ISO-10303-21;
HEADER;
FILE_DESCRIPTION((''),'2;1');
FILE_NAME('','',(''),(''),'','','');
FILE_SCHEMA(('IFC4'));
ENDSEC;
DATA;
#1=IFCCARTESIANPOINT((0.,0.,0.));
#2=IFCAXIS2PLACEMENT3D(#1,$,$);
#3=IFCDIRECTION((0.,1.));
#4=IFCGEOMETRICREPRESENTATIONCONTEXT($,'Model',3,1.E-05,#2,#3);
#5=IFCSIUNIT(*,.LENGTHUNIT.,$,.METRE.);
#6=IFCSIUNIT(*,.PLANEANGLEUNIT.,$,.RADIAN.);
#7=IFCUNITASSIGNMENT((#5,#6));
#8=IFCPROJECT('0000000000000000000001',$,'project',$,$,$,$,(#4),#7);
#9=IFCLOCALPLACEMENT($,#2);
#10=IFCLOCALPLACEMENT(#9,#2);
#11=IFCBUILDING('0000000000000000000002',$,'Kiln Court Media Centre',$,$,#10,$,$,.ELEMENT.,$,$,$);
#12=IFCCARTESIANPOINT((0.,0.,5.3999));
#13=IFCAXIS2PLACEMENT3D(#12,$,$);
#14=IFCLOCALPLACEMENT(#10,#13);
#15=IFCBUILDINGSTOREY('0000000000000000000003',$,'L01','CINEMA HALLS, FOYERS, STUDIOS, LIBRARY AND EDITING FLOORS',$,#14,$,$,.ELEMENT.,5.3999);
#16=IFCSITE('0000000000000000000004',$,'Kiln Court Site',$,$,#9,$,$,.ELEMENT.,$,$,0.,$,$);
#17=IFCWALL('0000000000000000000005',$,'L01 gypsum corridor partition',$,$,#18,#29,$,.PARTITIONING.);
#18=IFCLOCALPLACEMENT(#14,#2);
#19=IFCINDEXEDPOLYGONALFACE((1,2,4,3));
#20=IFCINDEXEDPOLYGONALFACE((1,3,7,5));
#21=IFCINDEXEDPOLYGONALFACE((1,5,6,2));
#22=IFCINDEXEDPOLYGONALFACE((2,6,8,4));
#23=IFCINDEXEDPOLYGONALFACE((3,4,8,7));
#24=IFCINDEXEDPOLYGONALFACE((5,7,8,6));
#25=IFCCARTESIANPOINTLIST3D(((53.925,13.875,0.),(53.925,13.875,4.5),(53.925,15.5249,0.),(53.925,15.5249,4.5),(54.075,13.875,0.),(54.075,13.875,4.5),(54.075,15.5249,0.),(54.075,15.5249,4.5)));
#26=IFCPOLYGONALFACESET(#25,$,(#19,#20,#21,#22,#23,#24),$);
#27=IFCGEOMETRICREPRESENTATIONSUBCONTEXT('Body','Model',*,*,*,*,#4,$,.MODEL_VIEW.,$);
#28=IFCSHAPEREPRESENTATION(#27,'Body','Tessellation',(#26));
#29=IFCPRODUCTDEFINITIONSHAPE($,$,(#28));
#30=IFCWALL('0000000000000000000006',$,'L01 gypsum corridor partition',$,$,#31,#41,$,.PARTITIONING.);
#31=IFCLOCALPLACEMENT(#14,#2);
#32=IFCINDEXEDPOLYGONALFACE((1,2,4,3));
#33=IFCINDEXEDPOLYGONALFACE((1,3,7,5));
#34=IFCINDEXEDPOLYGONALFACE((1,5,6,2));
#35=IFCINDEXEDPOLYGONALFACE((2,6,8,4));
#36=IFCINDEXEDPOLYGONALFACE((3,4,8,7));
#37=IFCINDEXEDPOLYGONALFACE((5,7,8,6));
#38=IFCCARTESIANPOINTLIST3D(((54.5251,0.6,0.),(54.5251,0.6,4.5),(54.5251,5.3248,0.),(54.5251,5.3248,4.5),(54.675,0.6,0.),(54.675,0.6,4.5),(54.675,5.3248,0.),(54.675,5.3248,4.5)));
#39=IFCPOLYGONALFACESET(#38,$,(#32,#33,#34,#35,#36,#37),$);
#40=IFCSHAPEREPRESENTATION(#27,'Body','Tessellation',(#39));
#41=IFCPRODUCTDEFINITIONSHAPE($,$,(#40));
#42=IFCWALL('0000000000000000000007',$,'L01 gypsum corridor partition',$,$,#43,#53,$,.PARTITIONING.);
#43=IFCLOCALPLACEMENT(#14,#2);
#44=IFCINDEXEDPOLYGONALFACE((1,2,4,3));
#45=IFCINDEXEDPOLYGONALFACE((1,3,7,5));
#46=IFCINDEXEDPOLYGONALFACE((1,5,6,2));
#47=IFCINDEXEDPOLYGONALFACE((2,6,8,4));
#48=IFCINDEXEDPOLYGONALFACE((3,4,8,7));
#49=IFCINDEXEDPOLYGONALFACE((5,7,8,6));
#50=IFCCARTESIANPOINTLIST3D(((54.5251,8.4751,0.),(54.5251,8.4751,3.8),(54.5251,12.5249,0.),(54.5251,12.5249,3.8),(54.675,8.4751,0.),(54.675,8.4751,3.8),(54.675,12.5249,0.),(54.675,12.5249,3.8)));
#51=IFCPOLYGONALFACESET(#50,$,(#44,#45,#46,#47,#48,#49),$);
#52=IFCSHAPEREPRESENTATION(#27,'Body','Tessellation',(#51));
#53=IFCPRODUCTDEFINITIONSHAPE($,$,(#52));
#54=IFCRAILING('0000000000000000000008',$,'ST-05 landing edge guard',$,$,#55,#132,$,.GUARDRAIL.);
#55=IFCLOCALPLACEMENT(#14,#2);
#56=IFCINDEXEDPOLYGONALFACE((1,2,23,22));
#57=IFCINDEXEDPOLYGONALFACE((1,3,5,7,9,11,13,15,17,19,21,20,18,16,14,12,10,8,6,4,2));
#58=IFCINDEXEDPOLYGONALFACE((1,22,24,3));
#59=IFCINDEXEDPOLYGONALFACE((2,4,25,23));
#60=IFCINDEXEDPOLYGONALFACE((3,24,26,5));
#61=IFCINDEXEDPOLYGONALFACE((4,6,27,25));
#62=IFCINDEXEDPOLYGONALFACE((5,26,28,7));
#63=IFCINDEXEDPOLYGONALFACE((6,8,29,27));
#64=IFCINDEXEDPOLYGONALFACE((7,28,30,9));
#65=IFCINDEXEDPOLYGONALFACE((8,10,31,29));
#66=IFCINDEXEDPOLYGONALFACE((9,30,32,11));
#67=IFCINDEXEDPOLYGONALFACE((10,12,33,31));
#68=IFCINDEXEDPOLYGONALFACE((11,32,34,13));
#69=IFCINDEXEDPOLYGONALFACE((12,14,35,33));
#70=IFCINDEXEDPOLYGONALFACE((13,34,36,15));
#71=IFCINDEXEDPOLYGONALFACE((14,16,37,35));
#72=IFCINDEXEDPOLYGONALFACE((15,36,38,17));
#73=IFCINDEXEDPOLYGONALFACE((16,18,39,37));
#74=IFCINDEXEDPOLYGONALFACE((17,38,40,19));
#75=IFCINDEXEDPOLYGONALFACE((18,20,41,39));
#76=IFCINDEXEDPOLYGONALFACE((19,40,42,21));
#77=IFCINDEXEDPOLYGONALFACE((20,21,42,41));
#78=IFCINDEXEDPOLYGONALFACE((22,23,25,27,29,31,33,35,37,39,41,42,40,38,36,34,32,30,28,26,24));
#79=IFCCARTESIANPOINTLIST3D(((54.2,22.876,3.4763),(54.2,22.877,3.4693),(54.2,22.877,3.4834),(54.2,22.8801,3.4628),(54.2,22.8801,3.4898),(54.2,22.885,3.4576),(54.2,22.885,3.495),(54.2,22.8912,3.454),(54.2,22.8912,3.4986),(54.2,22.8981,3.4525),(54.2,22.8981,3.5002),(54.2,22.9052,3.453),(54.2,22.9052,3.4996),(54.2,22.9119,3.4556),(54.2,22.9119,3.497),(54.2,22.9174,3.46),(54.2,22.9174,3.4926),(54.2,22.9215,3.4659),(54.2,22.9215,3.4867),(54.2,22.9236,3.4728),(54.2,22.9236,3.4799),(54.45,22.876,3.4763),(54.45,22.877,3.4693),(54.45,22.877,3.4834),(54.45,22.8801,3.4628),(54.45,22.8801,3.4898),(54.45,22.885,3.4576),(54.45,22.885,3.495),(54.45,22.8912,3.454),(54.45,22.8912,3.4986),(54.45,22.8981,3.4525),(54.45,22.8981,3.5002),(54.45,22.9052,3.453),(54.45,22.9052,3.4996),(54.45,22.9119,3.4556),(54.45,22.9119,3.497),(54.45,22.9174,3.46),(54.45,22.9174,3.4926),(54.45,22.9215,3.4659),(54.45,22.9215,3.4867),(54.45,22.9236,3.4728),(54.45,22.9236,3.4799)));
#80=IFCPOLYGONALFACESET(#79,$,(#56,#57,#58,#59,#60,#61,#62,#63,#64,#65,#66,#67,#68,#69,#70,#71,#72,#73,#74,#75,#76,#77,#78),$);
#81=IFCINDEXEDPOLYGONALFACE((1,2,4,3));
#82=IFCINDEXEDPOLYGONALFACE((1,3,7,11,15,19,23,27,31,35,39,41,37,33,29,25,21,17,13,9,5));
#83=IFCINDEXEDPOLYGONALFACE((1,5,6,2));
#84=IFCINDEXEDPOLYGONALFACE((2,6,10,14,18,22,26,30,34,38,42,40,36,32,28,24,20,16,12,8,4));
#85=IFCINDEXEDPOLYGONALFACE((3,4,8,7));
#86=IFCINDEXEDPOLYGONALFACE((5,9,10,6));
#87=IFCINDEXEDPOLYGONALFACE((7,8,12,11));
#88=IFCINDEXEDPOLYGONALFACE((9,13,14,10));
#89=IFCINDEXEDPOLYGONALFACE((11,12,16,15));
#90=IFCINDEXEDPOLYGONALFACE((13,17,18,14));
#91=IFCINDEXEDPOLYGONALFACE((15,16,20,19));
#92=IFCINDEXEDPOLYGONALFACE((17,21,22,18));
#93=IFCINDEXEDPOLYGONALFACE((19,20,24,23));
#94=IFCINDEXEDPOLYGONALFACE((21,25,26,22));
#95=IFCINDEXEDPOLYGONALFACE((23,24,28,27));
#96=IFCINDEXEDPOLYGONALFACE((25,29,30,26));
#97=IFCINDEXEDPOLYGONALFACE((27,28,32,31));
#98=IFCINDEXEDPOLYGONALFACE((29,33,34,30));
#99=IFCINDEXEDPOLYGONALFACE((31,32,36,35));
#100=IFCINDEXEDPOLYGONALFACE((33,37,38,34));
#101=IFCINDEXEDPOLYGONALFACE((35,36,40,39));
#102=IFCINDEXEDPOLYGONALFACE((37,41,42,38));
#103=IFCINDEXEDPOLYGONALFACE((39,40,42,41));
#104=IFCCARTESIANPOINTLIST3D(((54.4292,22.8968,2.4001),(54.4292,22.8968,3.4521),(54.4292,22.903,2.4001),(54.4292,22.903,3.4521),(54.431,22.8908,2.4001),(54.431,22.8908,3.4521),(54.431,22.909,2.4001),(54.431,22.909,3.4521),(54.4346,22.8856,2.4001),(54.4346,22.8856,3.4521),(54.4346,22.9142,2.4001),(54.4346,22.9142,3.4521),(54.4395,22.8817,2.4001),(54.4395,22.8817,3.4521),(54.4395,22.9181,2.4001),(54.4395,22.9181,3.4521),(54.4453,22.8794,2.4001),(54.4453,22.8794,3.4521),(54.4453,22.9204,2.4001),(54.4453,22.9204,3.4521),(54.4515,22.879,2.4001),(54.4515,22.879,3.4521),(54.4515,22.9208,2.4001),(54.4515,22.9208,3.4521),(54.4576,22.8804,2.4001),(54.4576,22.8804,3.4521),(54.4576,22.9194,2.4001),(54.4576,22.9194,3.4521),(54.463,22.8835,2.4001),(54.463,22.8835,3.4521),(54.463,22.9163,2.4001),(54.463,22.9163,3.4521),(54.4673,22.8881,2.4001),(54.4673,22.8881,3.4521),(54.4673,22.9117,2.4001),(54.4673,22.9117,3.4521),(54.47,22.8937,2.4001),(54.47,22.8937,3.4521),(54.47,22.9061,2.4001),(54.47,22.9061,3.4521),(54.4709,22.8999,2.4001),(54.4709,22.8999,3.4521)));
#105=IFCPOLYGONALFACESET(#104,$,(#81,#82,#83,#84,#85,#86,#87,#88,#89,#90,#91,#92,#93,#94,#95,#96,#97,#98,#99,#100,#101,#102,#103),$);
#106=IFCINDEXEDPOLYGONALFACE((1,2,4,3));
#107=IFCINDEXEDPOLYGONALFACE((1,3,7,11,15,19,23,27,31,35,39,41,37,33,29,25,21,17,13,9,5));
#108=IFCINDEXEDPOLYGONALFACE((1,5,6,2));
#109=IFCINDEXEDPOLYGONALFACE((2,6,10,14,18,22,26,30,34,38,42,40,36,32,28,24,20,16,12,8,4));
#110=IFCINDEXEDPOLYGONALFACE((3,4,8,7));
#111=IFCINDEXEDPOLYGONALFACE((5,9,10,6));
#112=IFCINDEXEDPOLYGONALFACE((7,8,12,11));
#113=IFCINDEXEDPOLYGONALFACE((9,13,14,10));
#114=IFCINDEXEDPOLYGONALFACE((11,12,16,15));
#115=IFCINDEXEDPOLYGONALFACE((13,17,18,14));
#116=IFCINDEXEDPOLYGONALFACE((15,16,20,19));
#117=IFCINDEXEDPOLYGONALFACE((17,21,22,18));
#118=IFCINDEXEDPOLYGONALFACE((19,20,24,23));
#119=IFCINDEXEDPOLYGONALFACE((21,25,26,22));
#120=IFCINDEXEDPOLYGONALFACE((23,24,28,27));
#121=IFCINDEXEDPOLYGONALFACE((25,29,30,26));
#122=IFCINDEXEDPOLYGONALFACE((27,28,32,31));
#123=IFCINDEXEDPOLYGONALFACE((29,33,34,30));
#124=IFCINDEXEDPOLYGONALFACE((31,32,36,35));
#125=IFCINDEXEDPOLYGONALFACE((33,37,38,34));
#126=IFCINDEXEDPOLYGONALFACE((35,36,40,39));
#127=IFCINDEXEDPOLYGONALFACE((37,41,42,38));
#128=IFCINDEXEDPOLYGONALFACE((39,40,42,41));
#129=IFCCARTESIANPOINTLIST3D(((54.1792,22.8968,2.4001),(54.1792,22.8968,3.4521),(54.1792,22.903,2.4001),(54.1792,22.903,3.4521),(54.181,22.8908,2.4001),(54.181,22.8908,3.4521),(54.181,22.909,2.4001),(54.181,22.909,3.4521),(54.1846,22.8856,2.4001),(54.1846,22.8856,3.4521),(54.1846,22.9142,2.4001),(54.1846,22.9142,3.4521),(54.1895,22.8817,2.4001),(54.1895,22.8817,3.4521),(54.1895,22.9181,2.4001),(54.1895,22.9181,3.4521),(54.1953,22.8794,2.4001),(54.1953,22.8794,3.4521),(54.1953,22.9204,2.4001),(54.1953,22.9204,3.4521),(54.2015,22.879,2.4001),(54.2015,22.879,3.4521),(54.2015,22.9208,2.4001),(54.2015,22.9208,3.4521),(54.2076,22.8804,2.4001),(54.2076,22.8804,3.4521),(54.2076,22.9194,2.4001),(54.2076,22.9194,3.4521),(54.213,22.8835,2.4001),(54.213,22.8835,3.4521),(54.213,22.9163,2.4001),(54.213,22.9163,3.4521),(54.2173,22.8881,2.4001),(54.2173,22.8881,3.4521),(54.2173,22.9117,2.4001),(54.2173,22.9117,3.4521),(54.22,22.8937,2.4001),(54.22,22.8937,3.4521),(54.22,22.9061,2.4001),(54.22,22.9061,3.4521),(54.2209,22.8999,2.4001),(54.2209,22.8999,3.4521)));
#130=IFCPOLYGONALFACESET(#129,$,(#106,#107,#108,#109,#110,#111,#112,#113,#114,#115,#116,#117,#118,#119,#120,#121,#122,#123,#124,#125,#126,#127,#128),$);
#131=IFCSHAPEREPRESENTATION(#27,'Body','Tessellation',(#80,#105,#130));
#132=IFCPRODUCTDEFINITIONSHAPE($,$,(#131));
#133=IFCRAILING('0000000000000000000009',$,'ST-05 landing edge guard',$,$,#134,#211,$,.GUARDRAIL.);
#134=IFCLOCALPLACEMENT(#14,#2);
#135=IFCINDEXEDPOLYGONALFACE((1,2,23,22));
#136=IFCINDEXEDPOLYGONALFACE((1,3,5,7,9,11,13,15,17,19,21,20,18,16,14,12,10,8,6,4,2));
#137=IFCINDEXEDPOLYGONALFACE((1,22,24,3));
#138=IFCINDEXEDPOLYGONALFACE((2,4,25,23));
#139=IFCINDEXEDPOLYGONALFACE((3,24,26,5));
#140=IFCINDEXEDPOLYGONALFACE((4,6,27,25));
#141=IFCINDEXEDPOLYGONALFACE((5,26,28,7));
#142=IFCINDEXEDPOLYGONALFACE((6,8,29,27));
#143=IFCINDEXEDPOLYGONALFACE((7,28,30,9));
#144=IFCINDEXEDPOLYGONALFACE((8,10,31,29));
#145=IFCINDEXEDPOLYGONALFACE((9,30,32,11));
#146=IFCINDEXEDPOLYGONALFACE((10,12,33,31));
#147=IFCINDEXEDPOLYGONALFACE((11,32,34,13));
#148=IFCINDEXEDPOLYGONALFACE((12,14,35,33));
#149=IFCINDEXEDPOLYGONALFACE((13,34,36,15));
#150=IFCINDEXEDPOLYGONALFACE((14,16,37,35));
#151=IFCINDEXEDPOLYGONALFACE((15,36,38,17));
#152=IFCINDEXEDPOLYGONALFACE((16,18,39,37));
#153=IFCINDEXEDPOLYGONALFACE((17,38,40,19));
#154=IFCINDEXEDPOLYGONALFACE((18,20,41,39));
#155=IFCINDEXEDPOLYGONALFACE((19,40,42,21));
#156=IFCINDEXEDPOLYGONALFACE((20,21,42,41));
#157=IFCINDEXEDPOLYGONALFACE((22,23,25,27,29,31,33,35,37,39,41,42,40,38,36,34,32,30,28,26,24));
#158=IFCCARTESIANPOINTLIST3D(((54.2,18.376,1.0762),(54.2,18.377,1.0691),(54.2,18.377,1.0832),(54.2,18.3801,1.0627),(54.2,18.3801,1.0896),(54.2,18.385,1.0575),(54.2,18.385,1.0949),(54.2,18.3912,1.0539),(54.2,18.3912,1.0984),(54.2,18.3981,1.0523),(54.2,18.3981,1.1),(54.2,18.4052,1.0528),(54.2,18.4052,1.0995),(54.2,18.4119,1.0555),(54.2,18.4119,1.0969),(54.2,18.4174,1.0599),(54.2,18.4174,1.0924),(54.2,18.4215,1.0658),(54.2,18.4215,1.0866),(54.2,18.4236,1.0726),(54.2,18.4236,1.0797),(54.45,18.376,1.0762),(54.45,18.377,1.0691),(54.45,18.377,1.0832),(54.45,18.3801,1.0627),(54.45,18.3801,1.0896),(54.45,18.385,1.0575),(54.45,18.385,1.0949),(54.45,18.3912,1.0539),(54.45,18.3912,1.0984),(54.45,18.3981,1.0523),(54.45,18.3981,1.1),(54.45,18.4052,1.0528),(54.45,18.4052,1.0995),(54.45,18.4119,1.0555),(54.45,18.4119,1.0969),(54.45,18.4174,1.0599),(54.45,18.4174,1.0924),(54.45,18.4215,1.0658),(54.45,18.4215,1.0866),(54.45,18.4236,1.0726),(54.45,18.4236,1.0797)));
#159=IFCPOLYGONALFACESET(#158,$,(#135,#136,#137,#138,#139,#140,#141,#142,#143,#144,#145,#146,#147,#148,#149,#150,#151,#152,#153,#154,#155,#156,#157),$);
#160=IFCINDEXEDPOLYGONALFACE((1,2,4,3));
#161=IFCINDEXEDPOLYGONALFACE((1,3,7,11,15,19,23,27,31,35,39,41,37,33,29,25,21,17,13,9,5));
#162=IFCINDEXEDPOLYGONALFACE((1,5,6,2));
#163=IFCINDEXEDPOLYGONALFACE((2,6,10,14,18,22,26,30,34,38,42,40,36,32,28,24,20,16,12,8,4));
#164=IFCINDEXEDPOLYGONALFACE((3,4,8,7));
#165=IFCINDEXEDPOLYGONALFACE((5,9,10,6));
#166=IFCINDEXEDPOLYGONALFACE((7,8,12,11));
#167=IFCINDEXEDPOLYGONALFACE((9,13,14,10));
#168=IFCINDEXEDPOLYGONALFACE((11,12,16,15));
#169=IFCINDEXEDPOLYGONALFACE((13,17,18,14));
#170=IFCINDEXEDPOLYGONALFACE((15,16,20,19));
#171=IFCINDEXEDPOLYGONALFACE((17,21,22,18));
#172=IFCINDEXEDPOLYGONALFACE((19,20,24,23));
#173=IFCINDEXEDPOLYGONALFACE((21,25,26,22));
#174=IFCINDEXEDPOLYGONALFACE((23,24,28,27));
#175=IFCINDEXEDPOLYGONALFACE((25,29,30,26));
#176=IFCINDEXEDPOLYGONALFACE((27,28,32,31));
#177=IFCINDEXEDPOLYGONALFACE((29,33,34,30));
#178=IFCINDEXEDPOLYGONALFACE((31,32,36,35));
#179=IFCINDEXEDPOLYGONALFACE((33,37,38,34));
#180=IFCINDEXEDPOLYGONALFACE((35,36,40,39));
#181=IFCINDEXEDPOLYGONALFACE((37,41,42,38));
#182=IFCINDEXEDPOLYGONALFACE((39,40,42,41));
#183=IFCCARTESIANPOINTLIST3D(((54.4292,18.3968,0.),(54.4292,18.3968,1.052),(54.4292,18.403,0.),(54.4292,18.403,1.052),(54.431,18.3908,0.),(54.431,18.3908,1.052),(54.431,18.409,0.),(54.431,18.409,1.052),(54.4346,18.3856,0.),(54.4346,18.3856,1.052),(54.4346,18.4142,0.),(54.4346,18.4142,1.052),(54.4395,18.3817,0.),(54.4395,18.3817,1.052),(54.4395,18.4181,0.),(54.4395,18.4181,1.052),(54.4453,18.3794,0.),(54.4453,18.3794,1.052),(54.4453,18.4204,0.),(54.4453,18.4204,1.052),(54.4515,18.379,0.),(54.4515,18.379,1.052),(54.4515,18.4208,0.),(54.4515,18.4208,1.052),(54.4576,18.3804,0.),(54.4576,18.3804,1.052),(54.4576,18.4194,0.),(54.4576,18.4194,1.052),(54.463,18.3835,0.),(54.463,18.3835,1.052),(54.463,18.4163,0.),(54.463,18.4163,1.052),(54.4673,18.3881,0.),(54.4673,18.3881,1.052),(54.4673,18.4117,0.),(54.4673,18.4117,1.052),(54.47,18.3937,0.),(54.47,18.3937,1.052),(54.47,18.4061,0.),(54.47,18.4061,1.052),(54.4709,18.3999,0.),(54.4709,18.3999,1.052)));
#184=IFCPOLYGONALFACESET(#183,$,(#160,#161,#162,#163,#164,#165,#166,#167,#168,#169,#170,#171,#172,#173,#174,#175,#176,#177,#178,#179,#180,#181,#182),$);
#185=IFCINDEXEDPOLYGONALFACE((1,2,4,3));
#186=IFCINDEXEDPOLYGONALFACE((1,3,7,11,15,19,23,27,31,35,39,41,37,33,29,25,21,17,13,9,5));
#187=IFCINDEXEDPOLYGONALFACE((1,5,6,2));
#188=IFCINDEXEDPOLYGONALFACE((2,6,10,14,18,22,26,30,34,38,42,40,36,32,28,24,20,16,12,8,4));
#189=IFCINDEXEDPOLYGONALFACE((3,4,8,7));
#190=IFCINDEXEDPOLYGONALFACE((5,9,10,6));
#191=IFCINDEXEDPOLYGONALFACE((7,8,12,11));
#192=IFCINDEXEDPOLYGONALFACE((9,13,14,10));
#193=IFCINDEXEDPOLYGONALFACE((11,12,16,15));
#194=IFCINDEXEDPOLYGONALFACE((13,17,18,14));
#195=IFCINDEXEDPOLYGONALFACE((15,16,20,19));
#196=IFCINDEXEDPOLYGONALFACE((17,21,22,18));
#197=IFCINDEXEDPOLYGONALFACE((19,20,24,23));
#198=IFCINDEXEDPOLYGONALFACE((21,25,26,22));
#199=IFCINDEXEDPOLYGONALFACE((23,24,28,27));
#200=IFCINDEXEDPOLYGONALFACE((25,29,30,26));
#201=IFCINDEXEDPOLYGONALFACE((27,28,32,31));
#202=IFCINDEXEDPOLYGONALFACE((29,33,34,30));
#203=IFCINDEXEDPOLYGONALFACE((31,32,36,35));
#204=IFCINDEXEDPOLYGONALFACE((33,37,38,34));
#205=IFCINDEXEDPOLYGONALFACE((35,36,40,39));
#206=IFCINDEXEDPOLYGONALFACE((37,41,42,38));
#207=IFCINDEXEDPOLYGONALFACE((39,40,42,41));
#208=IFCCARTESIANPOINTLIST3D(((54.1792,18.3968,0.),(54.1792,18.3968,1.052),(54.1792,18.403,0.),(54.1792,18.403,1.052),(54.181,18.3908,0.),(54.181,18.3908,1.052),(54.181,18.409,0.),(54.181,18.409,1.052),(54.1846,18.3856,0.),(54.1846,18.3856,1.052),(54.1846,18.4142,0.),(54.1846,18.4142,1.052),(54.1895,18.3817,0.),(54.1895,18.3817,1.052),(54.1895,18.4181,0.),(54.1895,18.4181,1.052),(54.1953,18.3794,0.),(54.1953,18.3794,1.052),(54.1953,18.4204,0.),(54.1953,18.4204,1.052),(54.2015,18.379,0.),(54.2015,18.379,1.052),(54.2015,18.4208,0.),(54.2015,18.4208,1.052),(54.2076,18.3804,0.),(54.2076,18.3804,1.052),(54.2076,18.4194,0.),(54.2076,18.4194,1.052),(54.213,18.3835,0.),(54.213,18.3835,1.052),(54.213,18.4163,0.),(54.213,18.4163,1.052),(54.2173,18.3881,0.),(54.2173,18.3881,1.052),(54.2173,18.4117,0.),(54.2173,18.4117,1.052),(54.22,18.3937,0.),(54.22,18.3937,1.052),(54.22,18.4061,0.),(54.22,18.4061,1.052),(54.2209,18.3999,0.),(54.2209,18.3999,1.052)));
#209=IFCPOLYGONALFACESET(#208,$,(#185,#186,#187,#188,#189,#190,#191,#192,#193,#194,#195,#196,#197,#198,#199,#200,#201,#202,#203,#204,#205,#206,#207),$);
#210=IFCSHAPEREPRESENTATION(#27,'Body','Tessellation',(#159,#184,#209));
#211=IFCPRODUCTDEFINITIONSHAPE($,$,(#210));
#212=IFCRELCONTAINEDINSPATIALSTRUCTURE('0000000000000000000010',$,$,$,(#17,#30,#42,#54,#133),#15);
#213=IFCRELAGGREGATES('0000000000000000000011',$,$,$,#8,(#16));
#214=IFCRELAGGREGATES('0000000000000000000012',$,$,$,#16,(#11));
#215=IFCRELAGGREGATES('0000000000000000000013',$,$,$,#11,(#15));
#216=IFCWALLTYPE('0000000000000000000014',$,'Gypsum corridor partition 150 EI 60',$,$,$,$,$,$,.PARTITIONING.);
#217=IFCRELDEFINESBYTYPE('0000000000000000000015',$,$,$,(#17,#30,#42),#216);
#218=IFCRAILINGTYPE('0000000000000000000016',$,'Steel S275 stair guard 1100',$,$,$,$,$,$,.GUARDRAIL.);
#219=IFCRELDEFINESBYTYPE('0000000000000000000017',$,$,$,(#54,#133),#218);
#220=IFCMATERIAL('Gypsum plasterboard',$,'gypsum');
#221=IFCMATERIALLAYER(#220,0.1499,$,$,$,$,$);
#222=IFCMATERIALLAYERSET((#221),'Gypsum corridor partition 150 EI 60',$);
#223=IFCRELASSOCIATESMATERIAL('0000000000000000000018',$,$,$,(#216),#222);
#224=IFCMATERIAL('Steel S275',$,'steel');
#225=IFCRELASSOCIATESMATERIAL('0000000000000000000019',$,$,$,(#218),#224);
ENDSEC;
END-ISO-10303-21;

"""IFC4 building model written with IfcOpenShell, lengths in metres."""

from ifc_helpers import new_model, si_unit, direction, frame, frame_2d, origin, origin_2d, place, context, subcontext, project, spatial, rectangle, circle, extrude, material, layer, layer_set, type_object, element, save


model = new_model("IFC4")

# Units and contexts
model_context = context("Model", 3, precision=1e-05, world=origin(), true_north=direction((0.0, 1.0)))
body_context = subcontext(model_context, "Body", "Model", "MODEL_VIEW")
ifc_project = project(units=[si_unit("LENGTHUNIT", "METRE"), si_unit("PLANEANGLEUNIT", "RADIAN")], contexts=[model_context])

# Site, building, storey
site_placement = place(None, origin())
site = spatial("IfcSite", under=ifc_project, at=site_placement, Name="Kiln Court Site", CompositionType="ELEMENT", RefElevation=0.0)
building_placement = place(site_placement, origin())
building = spatial("IfcBuilding", under=site, at=building_placement, Name="Kiln Court Media Centre", CompositionType="ELEMENT")
storey_placement = place(building_placement, frame((0.0, 0.0, 5.3999)))
storey = spatial("IfcBuildingStorey", under=building, at=storey_placement, Name="L01", Description="CINEMA HALLS, FOYERS, STUDIOS, LIBRARY AND EDITING FLOORS", CompositionType="ELEMENT", Elevation=5.3999)

# Walls
ifc_material_1 = material(Name="Gypsum plasterboard", Category="gypsum")
ifc_layer_1 = layer(ifc_material_1, 0.1499)
ifc_layer_set_1 = layer_set([ifc_layer_1], Name="Gypsum corridor partition 150 EI 60")
wall_type_1 = type_object("IfcWallType", Name="Gypsum corridor partition 150 EI 60", PredefinedType="PARTITIONING", material=ifc_layer_set_1)
wall_1_placement = place(storey_placement, frame((54.0, 13.875, 0.0), z_axis=(0.0, 0.0, 1.0), x_axis=(0.0, 1.0, 0.0)))
element("IfcWall", 1, at=wall_1_placement, inside=storey, type_object=wall_type_1, Name="L01 gypsum corridor partition", PredefinedType="PARTITIONING", context=body_context, shape_type="SweptSolid", body=[
    extrude(rectangle(XDim=1.6499, YDim=0.1499, at=frame_2d((0.825, 0.0))), origin(), (0.0, 0.0, 1.0), 4.5),
])
wall_2_placement = place(storey_placement, frame((54.6001, 0.6001, 0.0), z_axis=(0.0, 0.0, 1.0), x_axis=(0.0, 1.0, 0.0)))
element("IfcWall", 2, at=wall_2_placement, inside=storey, type_object=wall_type_1, Name="L01 gypsum corridor partition", PredefinedType="PARTITIONING", context=body_context, shape_type="SweptSolid", body=[
    extrude(rectangle(XDim=4.7249, YDim=0.1499, at=frame_2d((2.3623, 0.0))), origin(), (0.0, 0.0, 1.0), 4.5),
])
wall_3_placement = place(storey_placement, frame((54.6001, 8.4751, 0.0), z_axis=(0.0, 0.0, 1.0), x_axis=(0.0, 1.0, 0.0)))
element("IfcWall", 3, at=wall_3_placement, inside=storey, type_object=wall_type_1, Name="L01 gypsum corridor partition", PredefinedType="PARTITIONING", context=body_context, shape_type="SweptSolid", body=[
    extrude(rectangle(XDim=4.0498, YDim=0.1499, at=frame_2d((2.0249, 0.0))), origin(), (0.0, 0.0, 1.0), 3.8),
])

# Railings
ifc_material_2 = material(Name="Steel S275", Category="steel")
railing_type_1 = type_object("IfcRailingType", Name="Steel S275 stair guard 1100", PredefinedType="GUARDRAIL", material=ifc_material_2)
for number, where, name in (
    (4, (54.45, 22.8999, 2.4001), "ST-05 landing edge guard"),
    (5, (54.45, 18.3999, 0.0), "ST-05 landing edge guard"),
):
    element("IfcRailing", number, at=place(storey_placement, frame(where)), inside=storey, type_object=railing_type_1, Name=name, PredefinedType="GUARDRAIL", context=body_context, shape_type="SweptSolid", body=[
        extrude(circle(Radius=0.0239, at=origin_2d()), frame((0.0, 0.0, 1.0762), z_axis=(-1.0, 0.0, 0.0), x_axis=(0.0, -1.0, 0.0)), (0.0, 0.0, 1.0), 0.25),
        extrude(circle(Radius=0.021, at=origin_2d()), origin(), (0.0, 0.0, 1.0), 1.052),
        extrude(circle(Radius=0.021, at=origin_2d()), frame((-0.25, 0.0, 0.0)), (0.0, 0.0, 1.0), 1.052),
    ])

save(model, "model.ifc")
